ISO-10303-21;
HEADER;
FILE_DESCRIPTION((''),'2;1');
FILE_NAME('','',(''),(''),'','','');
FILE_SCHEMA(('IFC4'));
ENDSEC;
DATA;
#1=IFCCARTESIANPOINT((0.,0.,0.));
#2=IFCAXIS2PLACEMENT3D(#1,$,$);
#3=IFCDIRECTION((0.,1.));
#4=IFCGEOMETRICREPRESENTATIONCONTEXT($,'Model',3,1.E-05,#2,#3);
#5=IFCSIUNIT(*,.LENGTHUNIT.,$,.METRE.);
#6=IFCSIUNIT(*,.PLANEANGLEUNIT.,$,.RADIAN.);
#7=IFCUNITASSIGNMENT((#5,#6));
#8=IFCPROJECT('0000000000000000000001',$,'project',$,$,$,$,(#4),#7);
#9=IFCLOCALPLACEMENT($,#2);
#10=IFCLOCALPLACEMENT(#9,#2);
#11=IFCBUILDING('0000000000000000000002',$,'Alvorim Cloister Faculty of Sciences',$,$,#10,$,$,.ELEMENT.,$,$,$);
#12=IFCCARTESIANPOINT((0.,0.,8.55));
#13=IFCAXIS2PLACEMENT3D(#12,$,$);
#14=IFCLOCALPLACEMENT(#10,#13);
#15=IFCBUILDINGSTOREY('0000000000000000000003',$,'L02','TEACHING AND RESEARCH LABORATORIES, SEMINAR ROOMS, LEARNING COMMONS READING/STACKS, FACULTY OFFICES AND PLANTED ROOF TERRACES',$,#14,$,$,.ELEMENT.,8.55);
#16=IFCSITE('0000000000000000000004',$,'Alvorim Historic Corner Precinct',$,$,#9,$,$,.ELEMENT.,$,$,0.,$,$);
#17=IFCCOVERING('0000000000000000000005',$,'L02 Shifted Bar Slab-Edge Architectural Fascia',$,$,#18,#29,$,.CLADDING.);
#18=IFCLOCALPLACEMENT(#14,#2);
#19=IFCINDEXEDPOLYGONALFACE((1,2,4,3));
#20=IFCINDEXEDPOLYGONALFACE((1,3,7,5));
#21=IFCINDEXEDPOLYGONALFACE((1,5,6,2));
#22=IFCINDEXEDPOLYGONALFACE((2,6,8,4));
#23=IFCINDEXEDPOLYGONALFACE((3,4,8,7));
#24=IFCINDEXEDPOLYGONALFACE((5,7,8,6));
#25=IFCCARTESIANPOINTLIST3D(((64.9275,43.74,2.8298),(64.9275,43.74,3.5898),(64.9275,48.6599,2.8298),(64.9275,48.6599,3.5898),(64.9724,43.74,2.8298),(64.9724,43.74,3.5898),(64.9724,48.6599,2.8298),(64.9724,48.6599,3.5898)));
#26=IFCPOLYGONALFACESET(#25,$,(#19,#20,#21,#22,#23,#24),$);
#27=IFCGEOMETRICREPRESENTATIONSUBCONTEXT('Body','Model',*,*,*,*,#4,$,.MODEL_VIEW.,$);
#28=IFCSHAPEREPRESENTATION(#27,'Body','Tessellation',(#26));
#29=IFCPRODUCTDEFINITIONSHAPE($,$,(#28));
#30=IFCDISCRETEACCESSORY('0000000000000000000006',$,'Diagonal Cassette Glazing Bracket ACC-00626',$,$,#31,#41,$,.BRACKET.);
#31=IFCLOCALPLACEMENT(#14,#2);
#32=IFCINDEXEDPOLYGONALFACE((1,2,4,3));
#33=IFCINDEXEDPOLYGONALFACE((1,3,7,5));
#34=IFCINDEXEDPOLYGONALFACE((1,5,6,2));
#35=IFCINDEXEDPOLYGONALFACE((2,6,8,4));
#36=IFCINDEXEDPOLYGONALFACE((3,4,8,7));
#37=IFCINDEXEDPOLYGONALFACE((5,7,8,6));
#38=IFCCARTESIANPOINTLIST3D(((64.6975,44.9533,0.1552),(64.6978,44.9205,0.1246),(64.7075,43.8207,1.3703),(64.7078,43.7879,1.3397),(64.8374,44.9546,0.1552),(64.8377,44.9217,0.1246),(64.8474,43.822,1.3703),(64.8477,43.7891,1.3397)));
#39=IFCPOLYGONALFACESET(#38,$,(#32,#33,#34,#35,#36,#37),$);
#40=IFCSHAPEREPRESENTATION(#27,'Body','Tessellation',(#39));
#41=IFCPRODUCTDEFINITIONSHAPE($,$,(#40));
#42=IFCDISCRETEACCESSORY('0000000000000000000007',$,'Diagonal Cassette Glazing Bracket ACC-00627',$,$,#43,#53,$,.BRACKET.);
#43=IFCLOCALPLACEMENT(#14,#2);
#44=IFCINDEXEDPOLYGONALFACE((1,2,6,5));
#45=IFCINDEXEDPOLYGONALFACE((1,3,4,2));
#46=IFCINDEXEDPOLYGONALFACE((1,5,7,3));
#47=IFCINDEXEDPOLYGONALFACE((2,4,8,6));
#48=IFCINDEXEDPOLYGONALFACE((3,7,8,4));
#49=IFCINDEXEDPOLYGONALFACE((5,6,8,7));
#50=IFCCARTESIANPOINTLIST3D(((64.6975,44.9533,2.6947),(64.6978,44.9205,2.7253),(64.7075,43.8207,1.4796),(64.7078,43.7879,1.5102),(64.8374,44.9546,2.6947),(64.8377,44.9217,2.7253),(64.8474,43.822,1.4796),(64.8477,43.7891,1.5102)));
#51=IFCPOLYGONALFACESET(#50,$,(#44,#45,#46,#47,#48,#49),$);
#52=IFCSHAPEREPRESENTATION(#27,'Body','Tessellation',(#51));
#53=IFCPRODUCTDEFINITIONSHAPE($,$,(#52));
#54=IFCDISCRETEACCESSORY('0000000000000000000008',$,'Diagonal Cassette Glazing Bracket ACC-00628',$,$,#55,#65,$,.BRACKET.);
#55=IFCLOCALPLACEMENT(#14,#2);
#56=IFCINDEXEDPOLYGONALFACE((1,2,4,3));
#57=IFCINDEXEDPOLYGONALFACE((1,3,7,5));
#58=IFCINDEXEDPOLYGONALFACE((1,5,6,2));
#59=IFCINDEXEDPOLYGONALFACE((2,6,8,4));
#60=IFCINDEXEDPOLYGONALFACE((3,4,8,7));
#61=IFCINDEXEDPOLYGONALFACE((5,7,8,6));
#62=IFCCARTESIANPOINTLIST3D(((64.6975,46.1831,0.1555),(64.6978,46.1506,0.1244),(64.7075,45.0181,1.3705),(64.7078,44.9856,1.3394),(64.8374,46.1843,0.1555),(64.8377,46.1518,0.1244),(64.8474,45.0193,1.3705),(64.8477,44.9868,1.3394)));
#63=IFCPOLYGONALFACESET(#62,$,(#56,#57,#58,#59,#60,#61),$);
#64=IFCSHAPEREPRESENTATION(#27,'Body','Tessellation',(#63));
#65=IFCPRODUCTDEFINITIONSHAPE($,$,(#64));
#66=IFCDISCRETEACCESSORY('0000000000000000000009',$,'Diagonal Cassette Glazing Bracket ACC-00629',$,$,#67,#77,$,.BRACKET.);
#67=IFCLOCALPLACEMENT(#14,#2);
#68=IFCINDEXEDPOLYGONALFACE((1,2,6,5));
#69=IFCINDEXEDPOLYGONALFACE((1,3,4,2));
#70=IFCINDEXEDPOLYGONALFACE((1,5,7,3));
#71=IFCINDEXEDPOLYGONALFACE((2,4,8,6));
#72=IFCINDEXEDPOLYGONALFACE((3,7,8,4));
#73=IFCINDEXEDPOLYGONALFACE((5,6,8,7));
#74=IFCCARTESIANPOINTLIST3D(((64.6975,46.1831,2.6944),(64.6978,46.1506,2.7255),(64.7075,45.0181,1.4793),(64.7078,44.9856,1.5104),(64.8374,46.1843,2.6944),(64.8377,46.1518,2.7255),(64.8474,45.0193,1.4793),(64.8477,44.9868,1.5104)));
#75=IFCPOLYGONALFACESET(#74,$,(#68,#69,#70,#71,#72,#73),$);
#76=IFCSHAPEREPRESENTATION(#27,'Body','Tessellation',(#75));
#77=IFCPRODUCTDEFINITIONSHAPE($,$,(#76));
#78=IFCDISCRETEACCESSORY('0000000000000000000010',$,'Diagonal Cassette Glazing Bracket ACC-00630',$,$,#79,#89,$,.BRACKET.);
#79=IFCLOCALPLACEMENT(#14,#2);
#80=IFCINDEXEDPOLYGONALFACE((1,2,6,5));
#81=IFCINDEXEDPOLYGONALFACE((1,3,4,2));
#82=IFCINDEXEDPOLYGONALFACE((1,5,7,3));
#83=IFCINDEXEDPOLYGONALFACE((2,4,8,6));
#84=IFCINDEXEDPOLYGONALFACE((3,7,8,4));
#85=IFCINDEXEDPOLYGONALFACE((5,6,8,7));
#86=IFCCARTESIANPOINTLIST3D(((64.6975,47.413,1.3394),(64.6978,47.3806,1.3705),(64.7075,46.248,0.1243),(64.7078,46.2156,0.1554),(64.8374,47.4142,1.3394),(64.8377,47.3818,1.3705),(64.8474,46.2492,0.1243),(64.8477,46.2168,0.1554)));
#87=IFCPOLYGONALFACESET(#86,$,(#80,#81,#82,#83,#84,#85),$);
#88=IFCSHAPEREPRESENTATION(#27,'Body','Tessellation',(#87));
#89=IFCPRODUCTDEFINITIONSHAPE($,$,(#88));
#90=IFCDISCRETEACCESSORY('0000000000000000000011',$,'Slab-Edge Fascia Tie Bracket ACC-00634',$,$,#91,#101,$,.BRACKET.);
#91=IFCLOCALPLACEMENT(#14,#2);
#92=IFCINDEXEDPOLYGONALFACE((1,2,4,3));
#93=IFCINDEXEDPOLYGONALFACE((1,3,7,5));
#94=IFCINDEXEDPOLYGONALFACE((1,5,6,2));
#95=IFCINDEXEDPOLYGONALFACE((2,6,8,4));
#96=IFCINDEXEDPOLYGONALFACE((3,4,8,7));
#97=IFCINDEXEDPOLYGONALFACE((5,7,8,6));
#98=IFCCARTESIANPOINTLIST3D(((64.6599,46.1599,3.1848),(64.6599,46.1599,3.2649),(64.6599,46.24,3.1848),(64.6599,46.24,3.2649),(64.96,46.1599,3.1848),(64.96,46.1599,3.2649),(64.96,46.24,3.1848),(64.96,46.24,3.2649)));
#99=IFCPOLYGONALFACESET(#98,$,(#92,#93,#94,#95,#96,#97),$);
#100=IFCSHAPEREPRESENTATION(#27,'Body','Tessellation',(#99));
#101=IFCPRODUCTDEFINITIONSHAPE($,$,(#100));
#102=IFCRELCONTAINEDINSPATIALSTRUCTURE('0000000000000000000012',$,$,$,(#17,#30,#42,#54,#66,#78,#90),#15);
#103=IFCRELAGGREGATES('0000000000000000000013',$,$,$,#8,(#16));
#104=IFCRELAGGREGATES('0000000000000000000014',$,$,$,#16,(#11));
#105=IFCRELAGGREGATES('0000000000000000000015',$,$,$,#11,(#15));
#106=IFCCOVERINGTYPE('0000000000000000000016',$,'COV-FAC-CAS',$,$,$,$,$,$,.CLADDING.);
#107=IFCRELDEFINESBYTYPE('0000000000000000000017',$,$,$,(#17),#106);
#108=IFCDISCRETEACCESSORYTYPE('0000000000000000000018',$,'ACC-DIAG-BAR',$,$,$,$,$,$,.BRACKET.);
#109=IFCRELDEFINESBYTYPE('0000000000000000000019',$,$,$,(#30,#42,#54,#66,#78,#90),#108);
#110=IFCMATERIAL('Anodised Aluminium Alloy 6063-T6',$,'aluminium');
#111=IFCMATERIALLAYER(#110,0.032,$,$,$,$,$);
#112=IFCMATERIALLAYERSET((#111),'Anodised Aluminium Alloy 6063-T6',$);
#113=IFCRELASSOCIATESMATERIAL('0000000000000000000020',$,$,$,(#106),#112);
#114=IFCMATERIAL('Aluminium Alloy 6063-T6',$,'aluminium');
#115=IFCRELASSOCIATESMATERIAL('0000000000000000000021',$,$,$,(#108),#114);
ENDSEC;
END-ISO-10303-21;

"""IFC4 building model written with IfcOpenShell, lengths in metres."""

from ifc_helpers import new_model, si_unit, direction, frame, origin, origin_2d, place, context, subcontext, project, spatial, polyline, rectangle, outline, extrude, material, layer, layer_set, type_object, element, save


model = new_model("IFC4")

# Units and contexts
model_context = context("Model", 3, precision=1e-05, world=origin(), true_north=direction((0.0, 1.0)))
body_context = subcontext(model_context, "Body", "Model", "MODEL_VIEW")
ifc_project = project(units=[si_unit("LENGTHUNIT", "METRE"), si_unit("PLANEANGLEUNIT", "RADIAN")], contexts=[model_context])

# Site, building, storey
site_placement = place(None, origin())
site = spatial("IfcSite", under=ifc_project, at=site_placement, Name="Alvorim Historic Corner Precinct", CompositionType="ELEMENT", RefElevation=0.0)
building_placement = place(site_placement, origin())
building = spatial("IfcBuilding", under=site, at=building_placement, Name="Alvorim Cloister Faculty of Sciences", CompositionType="ELEMENT")
storey_placement = place(building_placement, frame((0.0, 0.0, 8.55)))
storey = spatial("IfcBuildingStorey", under=building, at=storey_placement, Name="L02", Description="TEACHING AND RESEARCH LABORATORIES, SEMINAR ROOMS, LEARNING COMMONS READING/STACKS, FACULTY OFFICES AND PLANTED ROOF TERRACES", CompositionType="ELEMENT", Elevation=8.55)

# Shared definitions
ifc_material_1 = material(Name="Aluminium Alloy 6063-T6", Category="aluminium")

# Covering
ifc_material_2 = material(Name="Anodised Aluminium Alloy 6063-T6", Category="aluminium")
ifc_layer_1 = layer(ifc_material_2, 0.032)
ifc_layer_set_1 = layer_set([ifc_layer_1], Name="Anodised Aluminium Alloy 6063-T6")
covering_type = type_object("IfcCoveringType", Name="COV-FAC-CAS", PredefinedType="CLADDING", material=ifc_layer_set_1)
covering_placement = place(storey_placement, frame((64.95, 43.74, 2.8298), z_axis=(0.0, 0.0, 1.0), x_axis=(0.0, 1.0, 0.0)))
element("IfcCovering", 1, at=covering_placement, inside=storey, type_object=covering_type, Name="L02 Shifted Bar Slab-Edge Architectural Fascia", PredefinedType="CLADDING", context=body_context, shape_type="SweptSolid", body=[
    extrude(outline(polyline([(0.0, 0.0), (4.9199, 0.0), (4.9199, 0.76), (0.0, 0.76), (0.0, 0.0)])), frame((0.0, 0.0225, 0.0), z_axis=(0.0, -1.0, 0.0), x_axis=(1.0, 0.0, 0.0)), (0.0, 0.0, 1.0), 0.0449),
])

# Discrete accessories
discrete_accessory_type = type_object("IfcDiscreteAccessoryType", Name="ACC-DIAG-BAR", PredefinedType="BRACKET", material=ifc_material_1)
for number, where, z_axis, x_axis, name in (
    (2, (64.7776, 43.8049, 1.355), (-0.006026, 0.681819, -0.731496), (-0.999961, -0.008838, 0.0), "Diagonal Cassette Glazing Bracket ACC-00626"),
    (3, (64.7776, 43.8049, 1.4949), (-0.006026, 0.681819, 0.731496), (-0.999961, -0.008838, 0.0), "Diagonal Cassette Glazing Bracket ACC-00627"),
):
    element("IfcDiscreteAccessory", number, at=place(storey_placement, frame(where, z_axis=z_axis, x_axis=x_axis)), inside=storey, type_object=discrete_accessory_type, Name=name, PredefinedType="BRACKET", context=body_context, shape_type="SweptSolid", body=[
        extrude(rectangle(XDim=0.1399, YDim=0.0449, at=origin_2d()), origin(), (0.0, 0.0, 1.0), 1.6611),
    ])
for number, where, z_axis, x_axis, name in (
    (4, (64.7776, 45.0024, 1.355), (-0.005946, 0.692073, -0.721803), (-0.999963, -0.008591, 0.0), "Diagonal Cassette Glazing Bracket ACC-00628"),
    (5, (64.7776, 45.0024, 1.4949), (-0.005946, 0.692073, 0.721803), (-0.999963, -0.008591, 0.0), "Diagonal Cassette Glazing Bracket ACC-00629"),
    (6, (64.7776, 46.2324, 0.1399), (-0.005946, 0.692073, 0.721803), (-0.999963, -0.008591, 0.0), "Diagonal Cassette Glazing Bracket ACC-00630"),
):
    element("IfcDiscreteAccessory", number, at=place(storey_placement, frame(where, z_axis=z_axis, x_axis=x_axis)), inside=storey, type_object=discrete_accessory_type, Name=name, PredefinedType="BRACKET", context=body_context, shape_type="SweptSolid", body=[
        extrude(rectangle(XDim=0.1399, YDim=0.0449, at=origin_2d()), origin(), (0.0, 0.0, 1.0), 1.6833),
    ])
discrete_accessory_placement = place(storey_placement, frame((64.6599, 46.2, 3.2249), z_axis=(1.0, 0.0, 0.0), x_axis=(0.0, 1.0, 0.0)))
element("IfcDiscreteAccessory", 7, at=discrete_accessory_placement, inside=storey, type_object=discrete_accessory_type, Name="Slab-Edge Fascia Tie Bracket ACC-00634", PredefinedType="BRACKET", context=body_context, shape_type="SweptSolid", body=[
    extrude(rectangle(XDim=0.0801, YDim=0.0801, at=origin_2d()), origin(), (0.0, 0.0, 1.0), 0.3),
])

save(model, "model.ifc")
